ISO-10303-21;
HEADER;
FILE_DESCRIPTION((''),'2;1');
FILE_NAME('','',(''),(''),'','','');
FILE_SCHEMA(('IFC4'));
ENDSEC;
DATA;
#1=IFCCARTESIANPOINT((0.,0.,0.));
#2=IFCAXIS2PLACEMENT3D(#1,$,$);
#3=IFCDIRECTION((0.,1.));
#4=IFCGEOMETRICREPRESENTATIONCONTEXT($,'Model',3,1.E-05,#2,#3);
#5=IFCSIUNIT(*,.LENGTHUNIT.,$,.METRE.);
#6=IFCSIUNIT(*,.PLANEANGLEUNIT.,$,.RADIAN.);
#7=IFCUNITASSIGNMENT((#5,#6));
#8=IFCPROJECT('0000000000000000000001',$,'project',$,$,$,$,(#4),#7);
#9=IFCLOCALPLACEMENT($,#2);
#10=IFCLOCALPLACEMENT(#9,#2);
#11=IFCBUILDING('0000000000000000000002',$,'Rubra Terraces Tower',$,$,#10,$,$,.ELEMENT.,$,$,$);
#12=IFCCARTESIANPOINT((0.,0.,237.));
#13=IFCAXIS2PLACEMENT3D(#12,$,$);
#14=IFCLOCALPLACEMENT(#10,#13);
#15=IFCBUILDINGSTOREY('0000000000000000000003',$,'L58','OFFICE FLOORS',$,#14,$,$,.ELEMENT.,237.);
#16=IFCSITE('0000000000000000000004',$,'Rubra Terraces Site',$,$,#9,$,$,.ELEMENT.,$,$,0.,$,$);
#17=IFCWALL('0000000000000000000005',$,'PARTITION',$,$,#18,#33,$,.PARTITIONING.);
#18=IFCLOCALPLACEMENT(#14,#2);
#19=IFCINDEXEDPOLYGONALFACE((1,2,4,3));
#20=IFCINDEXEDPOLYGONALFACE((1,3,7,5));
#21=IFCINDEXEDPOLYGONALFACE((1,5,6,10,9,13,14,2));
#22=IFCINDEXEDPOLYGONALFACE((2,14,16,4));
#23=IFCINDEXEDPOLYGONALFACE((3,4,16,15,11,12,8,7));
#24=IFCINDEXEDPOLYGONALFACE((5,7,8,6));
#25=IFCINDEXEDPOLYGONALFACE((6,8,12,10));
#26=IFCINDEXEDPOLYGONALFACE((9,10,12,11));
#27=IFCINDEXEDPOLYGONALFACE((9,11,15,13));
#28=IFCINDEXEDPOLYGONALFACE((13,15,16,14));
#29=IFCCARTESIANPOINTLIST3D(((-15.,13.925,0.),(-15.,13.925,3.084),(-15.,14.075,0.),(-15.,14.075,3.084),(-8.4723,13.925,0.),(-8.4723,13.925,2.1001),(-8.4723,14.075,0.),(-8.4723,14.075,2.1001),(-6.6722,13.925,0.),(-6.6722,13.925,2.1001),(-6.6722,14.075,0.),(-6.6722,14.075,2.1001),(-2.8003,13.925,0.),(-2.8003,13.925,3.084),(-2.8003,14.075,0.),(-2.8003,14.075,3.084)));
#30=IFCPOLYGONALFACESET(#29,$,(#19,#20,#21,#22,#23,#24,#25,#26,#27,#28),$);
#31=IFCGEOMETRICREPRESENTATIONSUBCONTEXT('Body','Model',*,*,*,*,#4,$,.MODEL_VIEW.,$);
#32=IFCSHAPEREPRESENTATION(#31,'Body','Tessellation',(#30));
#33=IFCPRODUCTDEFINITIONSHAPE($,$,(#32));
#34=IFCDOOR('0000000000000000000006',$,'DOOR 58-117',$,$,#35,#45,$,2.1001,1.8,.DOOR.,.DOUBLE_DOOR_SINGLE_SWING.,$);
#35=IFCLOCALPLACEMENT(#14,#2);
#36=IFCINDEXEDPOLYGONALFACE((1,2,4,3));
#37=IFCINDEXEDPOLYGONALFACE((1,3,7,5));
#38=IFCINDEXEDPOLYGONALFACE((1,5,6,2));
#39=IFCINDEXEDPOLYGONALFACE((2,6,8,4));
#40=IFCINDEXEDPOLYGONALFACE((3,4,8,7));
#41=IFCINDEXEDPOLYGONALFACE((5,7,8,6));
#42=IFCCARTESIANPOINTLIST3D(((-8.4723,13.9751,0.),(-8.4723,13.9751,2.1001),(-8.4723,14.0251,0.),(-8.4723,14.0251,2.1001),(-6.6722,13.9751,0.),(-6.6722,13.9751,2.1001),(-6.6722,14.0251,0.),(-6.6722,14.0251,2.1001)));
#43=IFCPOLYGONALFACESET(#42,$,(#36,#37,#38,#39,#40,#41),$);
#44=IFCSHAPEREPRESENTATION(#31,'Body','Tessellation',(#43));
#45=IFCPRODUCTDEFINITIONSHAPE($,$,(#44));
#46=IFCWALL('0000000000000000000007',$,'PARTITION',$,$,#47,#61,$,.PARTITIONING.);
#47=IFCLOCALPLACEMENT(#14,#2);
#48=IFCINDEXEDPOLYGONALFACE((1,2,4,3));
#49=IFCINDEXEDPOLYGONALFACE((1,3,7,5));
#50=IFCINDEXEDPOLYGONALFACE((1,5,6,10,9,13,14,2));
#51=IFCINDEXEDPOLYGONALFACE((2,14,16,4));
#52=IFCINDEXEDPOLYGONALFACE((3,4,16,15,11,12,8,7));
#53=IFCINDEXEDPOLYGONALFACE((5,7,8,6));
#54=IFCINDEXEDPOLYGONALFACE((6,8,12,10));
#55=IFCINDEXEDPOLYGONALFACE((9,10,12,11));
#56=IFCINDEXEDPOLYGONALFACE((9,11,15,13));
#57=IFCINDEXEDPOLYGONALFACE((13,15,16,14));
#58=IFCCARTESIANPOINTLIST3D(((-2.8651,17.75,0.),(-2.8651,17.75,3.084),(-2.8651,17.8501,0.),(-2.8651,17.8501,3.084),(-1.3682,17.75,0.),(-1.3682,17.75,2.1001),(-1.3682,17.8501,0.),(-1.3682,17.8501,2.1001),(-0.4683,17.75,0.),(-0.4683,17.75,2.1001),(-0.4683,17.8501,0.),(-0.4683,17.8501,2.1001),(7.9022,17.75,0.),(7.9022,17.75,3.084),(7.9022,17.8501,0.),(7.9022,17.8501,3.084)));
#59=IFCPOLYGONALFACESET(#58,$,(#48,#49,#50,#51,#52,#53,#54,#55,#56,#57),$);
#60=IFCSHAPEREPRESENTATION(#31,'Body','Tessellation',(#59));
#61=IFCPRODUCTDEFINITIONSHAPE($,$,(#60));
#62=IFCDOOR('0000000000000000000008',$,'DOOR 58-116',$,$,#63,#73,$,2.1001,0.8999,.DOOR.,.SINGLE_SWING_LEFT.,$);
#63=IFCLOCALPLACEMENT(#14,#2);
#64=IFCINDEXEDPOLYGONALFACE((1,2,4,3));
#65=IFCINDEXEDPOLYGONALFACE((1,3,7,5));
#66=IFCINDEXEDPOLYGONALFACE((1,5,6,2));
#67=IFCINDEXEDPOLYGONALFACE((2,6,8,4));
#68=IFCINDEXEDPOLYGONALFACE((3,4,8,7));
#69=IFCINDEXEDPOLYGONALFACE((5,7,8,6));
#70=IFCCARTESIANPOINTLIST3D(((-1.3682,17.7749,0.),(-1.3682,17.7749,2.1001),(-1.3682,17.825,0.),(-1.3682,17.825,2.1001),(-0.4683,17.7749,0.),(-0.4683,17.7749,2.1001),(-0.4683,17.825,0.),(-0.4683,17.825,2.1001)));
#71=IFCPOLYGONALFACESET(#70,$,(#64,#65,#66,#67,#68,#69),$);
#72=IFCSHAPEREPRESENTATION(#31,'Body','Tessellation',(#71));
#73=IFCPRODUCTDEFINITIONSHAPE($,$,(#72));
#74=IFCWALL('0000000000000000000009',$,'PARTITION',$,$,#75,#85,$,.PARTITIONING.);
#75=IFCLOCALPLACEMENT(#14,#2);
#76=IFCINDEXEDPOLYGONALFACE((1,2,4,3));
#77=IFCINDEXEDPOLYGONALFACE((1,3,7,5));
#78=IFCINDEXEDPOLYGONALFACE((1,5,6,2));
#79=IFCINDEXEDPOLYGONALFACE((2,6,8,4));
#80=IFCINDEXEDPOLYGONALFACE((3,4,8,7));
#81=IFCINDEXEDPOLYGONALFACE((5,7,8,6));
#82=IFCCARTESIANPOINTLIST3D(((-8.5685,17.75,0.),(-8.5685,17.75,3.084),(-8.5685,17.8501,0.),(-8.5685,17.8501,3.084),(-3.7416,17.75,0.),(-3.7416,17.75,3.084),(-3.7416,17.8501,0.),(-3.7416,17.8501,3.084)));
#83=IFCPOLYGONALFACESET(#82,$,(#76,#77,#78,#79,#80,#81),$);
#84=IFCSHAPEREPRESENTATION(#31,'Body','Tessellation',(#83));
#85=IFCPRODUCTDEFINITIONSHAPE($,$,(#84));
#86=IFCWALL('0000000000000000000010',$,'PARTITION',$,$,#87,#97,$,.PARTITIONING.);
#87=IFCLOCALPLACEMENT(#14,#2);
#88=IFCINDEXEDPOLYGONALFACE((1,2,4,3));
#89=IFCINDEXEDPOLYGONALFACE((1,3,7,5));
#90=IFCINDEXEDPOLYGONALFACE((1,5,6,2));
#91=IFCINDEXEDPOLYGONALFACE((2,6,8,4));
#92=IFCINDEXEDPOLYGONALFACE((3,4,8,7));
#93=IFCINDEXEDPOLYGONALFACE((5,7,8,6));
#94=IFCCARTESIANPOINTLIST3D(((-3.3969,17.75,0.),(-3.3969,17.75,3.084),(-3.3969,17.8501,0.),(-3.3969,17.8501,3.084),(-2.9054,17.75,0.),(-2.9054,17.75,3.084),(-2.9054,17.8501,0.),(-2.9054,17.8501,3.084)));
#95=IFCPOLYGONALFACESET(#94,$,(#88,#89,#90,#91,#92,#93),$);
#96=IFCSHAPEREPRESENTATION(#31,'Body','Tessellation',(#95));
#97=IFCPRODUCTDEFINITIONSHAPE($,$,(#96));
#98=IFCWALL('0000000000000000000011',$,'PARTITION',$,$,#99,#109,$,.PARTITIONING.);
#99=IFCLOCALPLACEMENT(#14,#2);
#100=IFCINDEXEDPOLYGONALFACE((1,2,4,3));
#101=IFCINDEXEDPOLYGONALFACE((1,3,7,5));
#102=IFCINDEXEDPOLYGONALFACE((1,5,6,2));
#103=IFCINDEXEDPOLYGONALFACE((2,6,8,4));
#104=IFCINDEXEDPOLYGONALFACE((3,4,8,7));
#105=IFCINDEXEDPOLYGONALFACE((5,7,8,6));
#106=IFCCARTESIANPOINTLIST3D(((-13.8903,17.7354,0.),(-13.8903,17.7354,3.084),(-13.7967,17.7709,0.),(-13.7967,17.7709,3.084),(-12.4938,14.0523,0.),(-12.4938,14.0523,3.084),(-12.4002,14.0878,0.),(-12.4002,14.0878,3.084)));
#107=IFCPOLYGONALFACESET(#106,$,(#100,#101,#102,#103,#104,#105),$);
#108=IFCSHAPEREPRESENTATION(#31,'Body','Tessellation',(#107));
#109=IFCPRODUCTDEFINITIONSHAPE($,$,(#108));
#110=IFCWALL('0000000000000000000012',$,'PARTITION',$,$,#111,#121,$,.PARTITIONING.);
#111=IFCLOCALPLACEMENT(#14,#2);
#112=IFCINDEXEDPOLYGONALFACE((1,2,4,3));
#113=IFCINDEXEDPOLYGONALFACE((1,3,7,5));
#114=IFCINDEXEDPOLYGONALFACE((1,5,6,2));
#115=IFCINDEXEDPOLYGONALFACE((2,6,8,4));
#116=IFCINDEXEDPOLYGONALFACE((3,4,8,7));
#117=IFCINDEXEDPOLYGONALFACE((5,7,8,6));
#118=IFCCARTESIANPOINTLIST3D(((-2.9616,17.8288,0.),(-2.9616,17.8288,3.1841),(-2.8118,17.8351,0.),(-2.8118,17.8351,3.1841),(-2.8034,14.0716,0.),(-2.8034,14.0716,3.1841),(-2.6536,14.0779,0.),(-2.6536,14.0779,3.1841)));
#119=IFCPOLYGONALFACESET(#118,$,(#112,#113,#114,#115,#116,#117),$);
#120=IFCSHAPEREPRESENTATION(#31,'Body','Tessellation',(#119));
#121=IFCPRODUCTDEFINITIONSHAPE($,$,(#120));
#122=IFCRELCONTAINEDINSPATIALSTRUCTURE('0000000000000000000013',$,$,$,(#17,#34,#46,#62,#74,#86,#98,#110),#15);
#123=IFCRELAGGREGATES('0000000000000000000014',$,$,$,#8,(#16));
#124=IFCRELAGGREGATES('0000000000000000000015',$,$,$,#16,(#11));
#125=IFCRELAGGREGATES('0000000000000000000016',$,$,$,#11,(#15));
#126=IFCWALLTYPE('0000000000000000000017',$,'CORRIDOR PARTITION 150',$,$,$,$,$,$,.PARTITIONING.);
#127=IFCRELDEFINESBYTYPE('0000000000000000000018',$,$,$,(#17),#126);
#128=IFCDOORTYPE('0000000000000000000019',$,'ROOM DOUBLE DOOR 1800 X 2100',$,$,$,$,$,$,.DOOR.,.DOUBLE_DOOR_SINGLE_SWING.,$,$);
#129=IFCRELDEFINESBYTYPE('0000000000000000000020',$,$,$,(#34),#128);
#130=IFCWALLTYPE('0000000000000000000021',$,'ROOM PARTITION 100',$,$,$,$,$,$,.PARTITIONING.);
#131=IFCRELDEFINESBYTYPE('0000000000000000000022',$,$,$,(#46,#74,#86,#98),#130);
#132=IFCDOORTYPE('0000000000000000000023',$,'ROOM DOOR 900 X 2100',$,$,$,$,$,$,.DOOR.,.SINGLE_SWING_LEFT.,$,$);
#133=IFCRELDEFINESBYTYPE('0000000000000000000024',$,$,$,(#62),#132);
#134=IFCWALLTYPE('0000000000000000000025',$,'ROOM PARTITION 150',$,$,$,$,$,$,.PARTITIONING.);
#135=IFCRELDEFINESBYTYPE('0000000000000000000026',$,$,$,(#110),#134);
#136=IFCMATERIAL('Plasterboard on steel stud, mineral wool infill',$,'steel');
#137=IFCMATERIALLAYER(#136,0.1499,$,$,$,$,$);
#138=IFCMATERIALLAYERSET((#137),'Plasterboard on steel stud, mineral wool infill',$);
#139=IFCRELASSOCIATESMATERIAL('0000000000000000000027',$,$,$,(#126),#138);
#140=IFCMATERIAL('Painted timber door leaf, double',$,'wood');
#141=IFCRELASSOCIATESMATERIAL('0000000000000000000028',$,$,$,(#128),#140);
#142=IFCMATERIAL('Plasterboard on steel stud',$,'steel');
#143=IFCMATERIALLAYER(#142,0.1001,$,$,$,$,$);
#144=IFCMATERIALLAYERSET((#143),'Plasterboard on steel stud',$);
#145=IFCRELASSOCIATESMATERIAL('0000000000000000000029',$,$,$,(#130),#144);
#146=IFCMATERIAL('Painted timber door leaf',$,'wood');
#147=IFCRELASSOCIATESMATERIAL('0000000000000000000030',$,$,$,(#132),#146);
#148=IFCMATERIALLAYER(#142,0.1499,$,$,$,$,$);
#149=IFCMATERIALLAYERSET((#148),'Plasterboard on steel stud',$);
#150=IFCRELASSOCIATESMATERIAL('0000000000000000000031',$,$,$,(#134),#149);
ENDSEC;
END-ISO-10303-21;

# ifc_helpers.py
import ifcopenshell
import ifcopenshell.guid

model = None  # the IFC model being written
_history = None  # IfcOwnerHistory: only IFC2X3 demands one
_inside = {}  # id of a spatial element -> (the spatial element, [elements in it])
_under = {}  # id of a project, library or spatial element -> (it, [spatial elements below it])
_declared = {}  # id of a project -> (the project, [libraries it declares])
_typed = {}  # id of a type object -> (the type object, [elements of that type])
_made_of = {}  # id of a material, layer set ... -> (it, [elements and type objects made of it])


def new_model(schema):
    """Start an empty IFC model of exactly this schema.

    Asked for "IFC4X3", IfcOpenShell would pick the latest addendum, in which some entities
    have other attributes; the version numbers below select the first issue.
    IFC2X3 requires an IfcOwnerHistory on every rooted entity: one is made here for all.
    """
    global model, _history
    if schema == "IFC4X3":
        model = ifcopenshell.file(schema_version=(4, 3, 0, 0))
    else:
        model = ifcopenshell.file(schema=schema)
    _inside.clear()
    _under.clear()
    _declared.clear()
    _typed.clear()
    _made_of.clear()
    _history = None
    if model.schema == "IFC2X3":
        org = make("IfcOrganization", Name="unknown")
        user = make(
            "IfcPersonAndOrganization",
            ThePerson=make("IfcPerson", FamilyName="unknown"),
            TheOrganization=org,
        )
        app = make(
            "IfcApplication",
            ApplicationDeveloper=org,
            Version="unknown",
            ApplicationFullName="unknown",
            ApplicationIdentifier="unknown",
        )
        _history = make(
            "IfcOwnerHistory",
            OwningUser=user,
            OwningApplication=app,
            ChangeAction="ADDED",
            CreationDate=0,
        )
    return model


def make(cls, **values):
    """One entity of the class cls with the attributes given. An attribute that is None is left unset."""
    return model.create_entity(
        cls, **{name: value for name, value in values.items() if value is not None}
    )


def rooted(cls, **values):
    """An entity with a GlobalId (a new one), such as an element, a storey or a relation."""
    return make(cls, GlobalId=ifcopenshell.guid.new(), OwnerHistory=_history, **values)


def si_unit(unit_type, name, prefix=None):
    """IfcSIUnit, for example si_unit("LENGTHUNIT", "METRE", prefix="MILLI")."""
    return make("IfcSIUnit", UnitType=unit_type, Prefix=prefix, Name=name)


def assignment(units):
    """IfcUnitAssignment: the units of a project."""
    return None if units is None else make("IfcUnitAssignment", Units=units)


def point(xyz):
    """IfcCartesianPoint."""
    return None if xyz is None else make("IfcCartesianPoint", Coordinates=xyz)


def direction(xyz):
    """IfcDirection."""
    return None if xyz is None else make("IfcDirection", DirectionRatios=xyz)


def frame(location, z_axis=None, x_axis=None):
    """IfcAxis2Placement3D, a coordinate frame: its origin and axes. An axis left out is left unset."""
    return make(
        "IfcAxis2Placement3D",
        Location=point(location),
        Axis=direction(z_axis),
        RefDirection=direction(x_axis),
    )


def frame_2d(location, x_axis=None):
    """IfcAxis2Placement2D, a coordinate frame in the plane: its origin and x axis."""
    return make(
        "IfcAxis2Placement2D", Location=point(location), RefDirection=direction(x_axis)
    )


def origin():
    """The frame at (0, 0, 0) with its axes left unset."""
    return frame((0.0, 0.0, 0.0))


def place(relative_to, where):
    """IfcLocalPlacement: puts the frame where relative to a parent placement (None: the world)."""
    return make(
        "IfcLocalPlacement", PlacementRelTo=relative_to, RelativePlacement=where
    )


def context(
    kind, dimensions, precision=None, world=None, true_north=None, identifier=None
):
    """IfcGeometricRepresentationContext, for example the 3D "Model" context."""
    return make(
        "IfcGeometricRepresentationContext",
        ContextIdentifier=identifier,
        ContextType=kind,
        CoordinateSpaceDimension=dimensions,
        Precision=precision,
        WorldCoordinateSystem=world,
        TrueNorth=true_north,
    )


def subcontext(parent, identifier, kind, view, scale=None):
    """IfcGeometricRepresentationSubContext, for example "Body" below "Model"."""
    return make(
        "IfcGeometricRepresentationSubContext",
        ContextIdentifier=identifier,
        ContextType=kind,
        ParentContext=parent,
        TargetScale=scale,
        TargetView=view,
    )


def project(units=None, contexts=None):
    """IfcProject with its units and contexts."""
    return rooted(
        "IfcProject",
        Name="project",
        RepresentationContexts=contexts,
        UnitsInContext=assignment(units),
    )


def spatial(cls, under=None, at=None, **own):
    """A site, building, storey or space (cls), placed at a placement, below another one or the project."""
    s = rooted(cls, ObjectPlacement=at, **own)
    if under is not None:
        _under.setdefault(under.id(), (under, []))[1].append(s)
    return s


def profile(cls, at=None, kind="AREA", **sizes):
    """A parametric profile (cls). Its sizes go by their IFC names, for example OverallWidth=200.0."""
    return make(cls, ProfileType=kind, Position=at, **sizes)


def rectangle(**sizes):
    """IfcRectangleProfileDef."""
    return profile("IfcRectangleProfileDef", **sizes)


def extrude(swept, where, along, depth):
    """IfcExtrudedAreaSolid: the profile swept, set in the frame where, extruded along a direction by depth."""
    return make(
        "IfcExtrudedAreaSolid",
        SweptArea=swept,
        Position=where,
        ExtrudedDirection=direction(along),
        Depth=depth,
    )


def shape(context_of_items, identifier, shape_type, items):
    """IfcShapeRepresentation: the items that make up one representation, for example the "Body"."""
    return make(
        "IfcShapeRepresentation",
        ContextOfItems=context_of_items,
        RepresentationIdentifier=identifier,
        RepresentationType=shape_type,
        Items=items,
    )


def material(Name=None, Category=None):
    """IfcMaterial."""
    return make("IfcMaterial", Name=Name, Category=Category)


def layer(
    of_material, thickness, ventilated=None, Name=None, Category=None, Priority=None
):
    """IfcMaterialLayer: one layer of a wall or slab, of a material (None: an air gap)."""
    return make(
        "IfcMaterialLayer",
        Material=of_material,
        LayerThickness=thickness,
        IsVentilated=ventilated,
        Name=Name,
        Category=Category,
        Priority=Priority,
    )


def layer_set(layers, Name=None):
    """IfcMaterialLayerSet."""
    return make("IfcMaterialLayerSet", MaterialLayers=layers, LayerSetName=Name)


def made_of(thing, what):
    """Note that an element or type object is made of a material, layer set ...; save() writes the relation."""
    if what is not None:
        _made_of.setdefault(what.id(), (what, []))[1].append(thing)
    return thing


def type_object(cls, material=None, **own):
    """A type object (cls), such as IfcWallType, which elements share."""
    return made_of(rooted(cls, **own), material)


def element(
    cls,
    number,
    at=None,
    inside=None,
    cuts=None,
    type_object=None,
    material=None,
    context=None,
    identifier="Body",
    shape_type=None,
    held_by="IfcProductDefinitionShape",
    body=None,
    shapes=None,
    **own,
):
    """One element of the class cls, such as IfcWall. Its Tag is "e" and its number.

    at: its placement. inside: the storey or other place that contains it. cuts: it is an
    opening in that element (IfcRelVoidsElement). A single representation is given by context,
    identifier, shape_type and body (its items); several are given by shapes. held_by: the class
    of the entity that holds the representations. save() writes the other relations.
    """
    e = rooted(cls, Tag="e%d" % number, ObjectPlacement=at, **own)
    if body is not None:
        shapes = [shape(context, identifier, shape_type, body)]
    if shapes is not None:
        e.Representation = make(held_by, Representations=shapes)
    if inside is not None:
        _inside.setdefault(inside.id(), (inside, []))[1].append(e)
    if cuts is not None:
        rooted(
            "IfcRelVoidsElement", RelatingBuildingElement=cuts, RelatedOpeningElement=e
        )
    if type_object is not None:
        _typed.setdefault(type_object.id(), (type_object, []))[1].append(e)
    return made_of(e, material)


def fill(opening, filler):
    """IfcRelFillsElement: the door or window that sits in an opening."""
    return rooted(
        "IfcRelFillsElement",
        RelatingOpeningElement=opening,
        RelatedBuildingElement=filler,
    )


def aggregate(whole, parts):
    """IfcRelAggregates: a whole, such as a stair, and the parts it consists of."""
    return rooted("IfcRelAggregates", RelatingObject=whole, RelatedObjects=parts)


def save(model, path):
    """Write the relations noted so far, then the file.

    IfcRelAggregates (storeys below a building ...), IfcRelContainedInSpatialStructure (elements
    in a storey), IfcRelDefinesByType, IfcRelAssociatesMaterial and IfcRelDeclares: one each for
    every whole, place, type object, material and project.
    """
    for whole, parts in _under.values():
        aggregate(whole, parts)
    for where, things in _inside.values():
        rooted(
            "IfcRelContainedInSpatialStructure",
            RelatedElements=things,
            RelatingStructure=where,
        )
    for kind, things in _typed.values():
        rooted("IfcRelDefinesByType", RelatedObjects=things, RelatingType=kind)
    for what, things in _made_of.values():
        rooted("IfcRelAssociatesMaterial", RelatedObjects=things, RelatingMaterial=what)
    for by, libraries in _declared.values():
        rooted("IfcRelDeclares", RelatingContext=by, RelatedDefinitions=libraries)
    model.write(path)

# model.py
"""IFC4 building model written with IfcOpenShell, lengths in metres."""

from ifc_helpers import new_model, si_unit, direction, frame, frame_2d, origin, place, context, subcontext, project, spatial, rectangle, extrude, material, layer, layer_set, type_object, element, fill, save


model = new_model("IFC4")

# Units and contexts
model_context = context("Model", 3, precision=1e-05, world=origin(), true_north=direction((0.0, 1.0)))
body_context = subcontext(model_context, "Body", "Model", "MODEL_VIEW")
ifc_project = project(units=[si_unit("LENGTHUNIT", "METRE"), si_unit("PLANEANGLEUNIT", "RADIAN")], contexts=[model_context])

# Site, building, storey
site_placement = place(None, origin())
site = spatial("IfcSite", under=ifc_project, at=site_placement, Name="Rubra Terraces Site", CompositionType="ELEMENT", RefElevation=0.0)
building_placement = place(site_placement, origin())
building = spatial("IfcBuilding", under=site, at=building_placement, Name="Rubra Terraces Tower", CompositionType="ELEMENT")
storey_placement = place(building_placement, frame((0.0, 0.0, 237.0)))
storey = spatial("IfcBuildingStorey", under=building, at=storey_placement, Name="L58", Description="OFFICE FLOORS", CompositionType="ELEMENT", Elevation=237.0)

# Walls, openings, doors
ifc_material_1 = material(Name="Plasterboard on steel stud, mineral wool infill", Category="steel")
ifc_layer_1 = layer(ifc_material_1, 0.1499)
ifc_layer_set_1 = layer_set([ifc_layer_1], Name="Plasterboard on steel stud, mineral wool infill")
wall_type_1 = type_object("IfcWallType", Name="CORRIDOR PARTITION 150", PredefinedType="PARTITIONING", material=ifc_layer_set_1)
wall_1_placement = place(storey_placement, frame((-2.8003, 14.0, 0.0), z_axis=(0.0, 0.0, 1.0), x_axis=(-1.0, 0.0, 0.0)))
wall_1 = element("IfcWall", 1, at=wall_1_placement, inside=storey, type_object=wall_type_1, Name="PARTITION", PredefinedType="PARTITIONING", context=body_context, shape_type="SweptSolid", body=[
    extrude(rectangle(XDim=12.1997, YDim=0.1499, at=frame_2d((6.0999, 0.0))), origin(), (0.0, 0.0, 1.0), 3.084),
])
opening_1_placement = place(wall_1_placement, frame((3.8721, 0.0, 0.0)))
opening_1 = element("IfcOpeningElement", 2, at=opening_1_placement, cuts=wall_1, PredefinedType="OPENING", context=body_context, shape_type="SweptSolid", body=[
    extrude(rectangle(XDim=1.8, YDim=2.1001, at=frame_2d((0.8999, 1.05))), frame((0.0, 0.085, 0.0), z_axis=(0.0, -1.0, 0.0), x_axis=(1.0, 0.0, 0.0)), (0.0, 0.0, 1.0), 0.1699),
])
ifc_material_2 = material(Name="Painted timber door leaf, double", Category="wood")
door_type_1 = type_object("IfcDoorType", Name="ROOM DOUBLE DOOR 1800 X 2100", OperationType="DOUBLE_DOOR_SINGLE_SWING", PredefinedType="DOOR", material=ifc_material_2)
door_1_placement = place(opening_1_placement, origin())
door_1 = element("IfcDoor", 3, at=door_1_placement, inside=storey, type_object=door_type_1, Name="DOOR 58-117", OperationType="DOUBLE_DOOR_SINGLE_SWING", OverallHeight=2.1001, OverallWidth=1.8, PredefinedType="DOOR", context=body_context, shape_type="SweptSolid", body=[
    extrude(rectangle(XDim=1.8, YDim=2.1001, at=frame_2d((0.8999, 1.05))), frame((0.0, 0.0249, 0.0), z_axis=(0.0, -1.0, 0.0), x_axis=(1.0, 0.0, 0.0)), (0.0, 0.0, 1.0), 0.05),
])
fill(opening_1, door_1)
ifc_material_3 = material(Name="Plasterboard on steel stud", Category="steel")
ifc_layer_2 = layer(ifc_material_3, 0.1001)
ifc_layer_set_2 = layer_set([ifc_layer_2], Name="Plasterboard on steel stud")
wall_type_2 = type_object("IfcWallType", Name="ROOM PARTITION 100", PredefinedType="PARTITIONING", material=ifc_layer_set_2)
wall_2_placement = place(storey_placement, frame((-2.8652, 17.8, 0.0), z_axis=(0.0, 0.0, 1.0), x_axis=(1.0, 0.0, 0.0)))
wall_2 = element("IfcWall", 4, at=wall_2_placement, inside=storey, type_object=wall_type_2, Name="PARTITION", PredefinedType="PARTITIONING", context=body_context, shape_type="SweptSolid", body=[
    extrude(rectangle(XDim=10.7673, YDim=0.1001, at=frame_2d((5.3838, 0.0))), origin(), (0.0, 0.0, 1.0), 3.084),
])
opening_2_placement = place(wall_2_placement, frame((1.4971, 0.0, 0.0)))
opening_2 = element("IfcOpeningElement", 5, at=opening_2_placement, cuts=wall_2, PredefinedType="OPENING", context=body_context, shape_type="SweptSolid", body=[
    extrude(rectangle(XDim=0.8999, YDim=2.1001, at=frame_2d((0.45, 1.05))), frame((0.0, 0.0601, 0.0), z_axis=(0.0, -1.0, 0.0), x_axis=(1.0, 0.0, 0.0)), (0.0, 0.0, 1.0), 0.1201),
])
ifc_material_4 = material(Name="Painted timber door leaf", Category="wood")
door_type_2 = type_object("IfcDoorType", Name="ROOM DOOR 900 X 2100", OperationType="SINGLE_SWING_LEFT", PredefinedType="DOOR", material=ifc_material_4)
door_2_placement = place(opening_2_placement, origin())
door_2 = element("IfcDoor", 6, at=door_2_placement, inside=storey, type_object=door_type_2, Name="DOOR 58-116", OperationType="SINGLE_SWING_LEFT", OverallHeight=2.1001, OverallWidth=0.8999, PredefinedType="DOOR", context=body_context, shape_type="SweptSolid", body=[
    extrude(rectangle(XDim=0.8999, YDim=2.1001, at=frame_2d((0.45, 1.05))), frame((0.0, 0.0249, 0.0), z_axis=(0.0, -1.0, 0.0), x_axis=(1.0, 0.0, 0.0)), (0.0, 0.0, 1.0), 0.05),
])
fill(opening_2, door_2)

# Walls
wall_3_placement = place(storey_placement, frame((-8.5686, 17.8, 0.0), z_axis=(0.0, 0.0, 1.0), x_axis=(1.0, 0.0, 0.0)))
element("IfcWall", 7, at=wall_3_placement, inside=storey, type_object=wall_type_2, Name="PARTITION", PredefinedType="PARTITIONING", context=body_context, shape_type="SweptSolid", body=[
    extrude(rectangle(XDim=4.8269, YDim=0.1001, at=frame_2d((2.4136, 0.0))), origin(), (0.0, 0.0, 1.0), 3.084),
])
wall_4_placement = place(storey_placement, frame((-3.3967, 17.8, 0.0), z_axis=(0.0, 0.0, 1.0), x_axis=(1.0, 0.0, 0.0)))
element("IfcWall", 8, at=wall_4_placement, inside=storey, type_object=wall_type_2, Name="PARTITION", PredefinedType="PARTITIONING", context=body_context, shape_type="SweptSolid", body=[
    extrude(rectangle(XDim=0.4915, YDim=0.1001, at=frame_2d((0.2456, 0.0))), origin(), (0.0, 0.0, 1.0), 3.084),
])
wall_5_placement = place(storey_placement, frame((-12.447, 14.0701, 0.0), z_axis=(0.0, 0.0, 1.0), x_axis=(-0.354531, 0.935044, 0.0)))
element("IfcWall", 9, at=wall_5_placement, inside=storey, type_object=wall_type_2, Name="PARTITION", PredefinedType="PARTITIONING", context=body_context, shape_type="SweptSolid", body=[
    extrude(rectangle(XDim=3.939, YDim=0.1001, at=frame_2d((1.9695, 0.0))), origin(), (0.0, 0.0, 1.0), 3.084),
])
ifc_layer_3 = layer(ifc_material_3, 0.1499)
ifc_layer_set_3 = layer_set([ifc_layer_3], Name="Plasterboard on steel stud")
wall_type_3 = type_object("IfcWallType", Name="ROOM PARTITION 150", PredefinedType="PARTITIONING", material=ifc_layer_set_3)
wall_6_placement = place(storey_placement, frame((-2.8867, 17.832, 0.0), z_axis=(0.0, 0.0, 1.0), x_axis=(0.042071, -0.999115, 0.0)))
element("IfcWall", 10, at=wall_6_placement, inside=storey, type_object=wall_type_3, Name="PARTITION", PredefinedType="PARTITIONING", context=body_context, shape_type="SweptSolid", body=[
    extrude(rectangle(XDim=3.7605, YDim=0.1499, at=frame_2d((1.8804, 0.0))), origin(), (0.0, 0.0, 1.0), 3.1841),
])

save(model, "model.ifc")
